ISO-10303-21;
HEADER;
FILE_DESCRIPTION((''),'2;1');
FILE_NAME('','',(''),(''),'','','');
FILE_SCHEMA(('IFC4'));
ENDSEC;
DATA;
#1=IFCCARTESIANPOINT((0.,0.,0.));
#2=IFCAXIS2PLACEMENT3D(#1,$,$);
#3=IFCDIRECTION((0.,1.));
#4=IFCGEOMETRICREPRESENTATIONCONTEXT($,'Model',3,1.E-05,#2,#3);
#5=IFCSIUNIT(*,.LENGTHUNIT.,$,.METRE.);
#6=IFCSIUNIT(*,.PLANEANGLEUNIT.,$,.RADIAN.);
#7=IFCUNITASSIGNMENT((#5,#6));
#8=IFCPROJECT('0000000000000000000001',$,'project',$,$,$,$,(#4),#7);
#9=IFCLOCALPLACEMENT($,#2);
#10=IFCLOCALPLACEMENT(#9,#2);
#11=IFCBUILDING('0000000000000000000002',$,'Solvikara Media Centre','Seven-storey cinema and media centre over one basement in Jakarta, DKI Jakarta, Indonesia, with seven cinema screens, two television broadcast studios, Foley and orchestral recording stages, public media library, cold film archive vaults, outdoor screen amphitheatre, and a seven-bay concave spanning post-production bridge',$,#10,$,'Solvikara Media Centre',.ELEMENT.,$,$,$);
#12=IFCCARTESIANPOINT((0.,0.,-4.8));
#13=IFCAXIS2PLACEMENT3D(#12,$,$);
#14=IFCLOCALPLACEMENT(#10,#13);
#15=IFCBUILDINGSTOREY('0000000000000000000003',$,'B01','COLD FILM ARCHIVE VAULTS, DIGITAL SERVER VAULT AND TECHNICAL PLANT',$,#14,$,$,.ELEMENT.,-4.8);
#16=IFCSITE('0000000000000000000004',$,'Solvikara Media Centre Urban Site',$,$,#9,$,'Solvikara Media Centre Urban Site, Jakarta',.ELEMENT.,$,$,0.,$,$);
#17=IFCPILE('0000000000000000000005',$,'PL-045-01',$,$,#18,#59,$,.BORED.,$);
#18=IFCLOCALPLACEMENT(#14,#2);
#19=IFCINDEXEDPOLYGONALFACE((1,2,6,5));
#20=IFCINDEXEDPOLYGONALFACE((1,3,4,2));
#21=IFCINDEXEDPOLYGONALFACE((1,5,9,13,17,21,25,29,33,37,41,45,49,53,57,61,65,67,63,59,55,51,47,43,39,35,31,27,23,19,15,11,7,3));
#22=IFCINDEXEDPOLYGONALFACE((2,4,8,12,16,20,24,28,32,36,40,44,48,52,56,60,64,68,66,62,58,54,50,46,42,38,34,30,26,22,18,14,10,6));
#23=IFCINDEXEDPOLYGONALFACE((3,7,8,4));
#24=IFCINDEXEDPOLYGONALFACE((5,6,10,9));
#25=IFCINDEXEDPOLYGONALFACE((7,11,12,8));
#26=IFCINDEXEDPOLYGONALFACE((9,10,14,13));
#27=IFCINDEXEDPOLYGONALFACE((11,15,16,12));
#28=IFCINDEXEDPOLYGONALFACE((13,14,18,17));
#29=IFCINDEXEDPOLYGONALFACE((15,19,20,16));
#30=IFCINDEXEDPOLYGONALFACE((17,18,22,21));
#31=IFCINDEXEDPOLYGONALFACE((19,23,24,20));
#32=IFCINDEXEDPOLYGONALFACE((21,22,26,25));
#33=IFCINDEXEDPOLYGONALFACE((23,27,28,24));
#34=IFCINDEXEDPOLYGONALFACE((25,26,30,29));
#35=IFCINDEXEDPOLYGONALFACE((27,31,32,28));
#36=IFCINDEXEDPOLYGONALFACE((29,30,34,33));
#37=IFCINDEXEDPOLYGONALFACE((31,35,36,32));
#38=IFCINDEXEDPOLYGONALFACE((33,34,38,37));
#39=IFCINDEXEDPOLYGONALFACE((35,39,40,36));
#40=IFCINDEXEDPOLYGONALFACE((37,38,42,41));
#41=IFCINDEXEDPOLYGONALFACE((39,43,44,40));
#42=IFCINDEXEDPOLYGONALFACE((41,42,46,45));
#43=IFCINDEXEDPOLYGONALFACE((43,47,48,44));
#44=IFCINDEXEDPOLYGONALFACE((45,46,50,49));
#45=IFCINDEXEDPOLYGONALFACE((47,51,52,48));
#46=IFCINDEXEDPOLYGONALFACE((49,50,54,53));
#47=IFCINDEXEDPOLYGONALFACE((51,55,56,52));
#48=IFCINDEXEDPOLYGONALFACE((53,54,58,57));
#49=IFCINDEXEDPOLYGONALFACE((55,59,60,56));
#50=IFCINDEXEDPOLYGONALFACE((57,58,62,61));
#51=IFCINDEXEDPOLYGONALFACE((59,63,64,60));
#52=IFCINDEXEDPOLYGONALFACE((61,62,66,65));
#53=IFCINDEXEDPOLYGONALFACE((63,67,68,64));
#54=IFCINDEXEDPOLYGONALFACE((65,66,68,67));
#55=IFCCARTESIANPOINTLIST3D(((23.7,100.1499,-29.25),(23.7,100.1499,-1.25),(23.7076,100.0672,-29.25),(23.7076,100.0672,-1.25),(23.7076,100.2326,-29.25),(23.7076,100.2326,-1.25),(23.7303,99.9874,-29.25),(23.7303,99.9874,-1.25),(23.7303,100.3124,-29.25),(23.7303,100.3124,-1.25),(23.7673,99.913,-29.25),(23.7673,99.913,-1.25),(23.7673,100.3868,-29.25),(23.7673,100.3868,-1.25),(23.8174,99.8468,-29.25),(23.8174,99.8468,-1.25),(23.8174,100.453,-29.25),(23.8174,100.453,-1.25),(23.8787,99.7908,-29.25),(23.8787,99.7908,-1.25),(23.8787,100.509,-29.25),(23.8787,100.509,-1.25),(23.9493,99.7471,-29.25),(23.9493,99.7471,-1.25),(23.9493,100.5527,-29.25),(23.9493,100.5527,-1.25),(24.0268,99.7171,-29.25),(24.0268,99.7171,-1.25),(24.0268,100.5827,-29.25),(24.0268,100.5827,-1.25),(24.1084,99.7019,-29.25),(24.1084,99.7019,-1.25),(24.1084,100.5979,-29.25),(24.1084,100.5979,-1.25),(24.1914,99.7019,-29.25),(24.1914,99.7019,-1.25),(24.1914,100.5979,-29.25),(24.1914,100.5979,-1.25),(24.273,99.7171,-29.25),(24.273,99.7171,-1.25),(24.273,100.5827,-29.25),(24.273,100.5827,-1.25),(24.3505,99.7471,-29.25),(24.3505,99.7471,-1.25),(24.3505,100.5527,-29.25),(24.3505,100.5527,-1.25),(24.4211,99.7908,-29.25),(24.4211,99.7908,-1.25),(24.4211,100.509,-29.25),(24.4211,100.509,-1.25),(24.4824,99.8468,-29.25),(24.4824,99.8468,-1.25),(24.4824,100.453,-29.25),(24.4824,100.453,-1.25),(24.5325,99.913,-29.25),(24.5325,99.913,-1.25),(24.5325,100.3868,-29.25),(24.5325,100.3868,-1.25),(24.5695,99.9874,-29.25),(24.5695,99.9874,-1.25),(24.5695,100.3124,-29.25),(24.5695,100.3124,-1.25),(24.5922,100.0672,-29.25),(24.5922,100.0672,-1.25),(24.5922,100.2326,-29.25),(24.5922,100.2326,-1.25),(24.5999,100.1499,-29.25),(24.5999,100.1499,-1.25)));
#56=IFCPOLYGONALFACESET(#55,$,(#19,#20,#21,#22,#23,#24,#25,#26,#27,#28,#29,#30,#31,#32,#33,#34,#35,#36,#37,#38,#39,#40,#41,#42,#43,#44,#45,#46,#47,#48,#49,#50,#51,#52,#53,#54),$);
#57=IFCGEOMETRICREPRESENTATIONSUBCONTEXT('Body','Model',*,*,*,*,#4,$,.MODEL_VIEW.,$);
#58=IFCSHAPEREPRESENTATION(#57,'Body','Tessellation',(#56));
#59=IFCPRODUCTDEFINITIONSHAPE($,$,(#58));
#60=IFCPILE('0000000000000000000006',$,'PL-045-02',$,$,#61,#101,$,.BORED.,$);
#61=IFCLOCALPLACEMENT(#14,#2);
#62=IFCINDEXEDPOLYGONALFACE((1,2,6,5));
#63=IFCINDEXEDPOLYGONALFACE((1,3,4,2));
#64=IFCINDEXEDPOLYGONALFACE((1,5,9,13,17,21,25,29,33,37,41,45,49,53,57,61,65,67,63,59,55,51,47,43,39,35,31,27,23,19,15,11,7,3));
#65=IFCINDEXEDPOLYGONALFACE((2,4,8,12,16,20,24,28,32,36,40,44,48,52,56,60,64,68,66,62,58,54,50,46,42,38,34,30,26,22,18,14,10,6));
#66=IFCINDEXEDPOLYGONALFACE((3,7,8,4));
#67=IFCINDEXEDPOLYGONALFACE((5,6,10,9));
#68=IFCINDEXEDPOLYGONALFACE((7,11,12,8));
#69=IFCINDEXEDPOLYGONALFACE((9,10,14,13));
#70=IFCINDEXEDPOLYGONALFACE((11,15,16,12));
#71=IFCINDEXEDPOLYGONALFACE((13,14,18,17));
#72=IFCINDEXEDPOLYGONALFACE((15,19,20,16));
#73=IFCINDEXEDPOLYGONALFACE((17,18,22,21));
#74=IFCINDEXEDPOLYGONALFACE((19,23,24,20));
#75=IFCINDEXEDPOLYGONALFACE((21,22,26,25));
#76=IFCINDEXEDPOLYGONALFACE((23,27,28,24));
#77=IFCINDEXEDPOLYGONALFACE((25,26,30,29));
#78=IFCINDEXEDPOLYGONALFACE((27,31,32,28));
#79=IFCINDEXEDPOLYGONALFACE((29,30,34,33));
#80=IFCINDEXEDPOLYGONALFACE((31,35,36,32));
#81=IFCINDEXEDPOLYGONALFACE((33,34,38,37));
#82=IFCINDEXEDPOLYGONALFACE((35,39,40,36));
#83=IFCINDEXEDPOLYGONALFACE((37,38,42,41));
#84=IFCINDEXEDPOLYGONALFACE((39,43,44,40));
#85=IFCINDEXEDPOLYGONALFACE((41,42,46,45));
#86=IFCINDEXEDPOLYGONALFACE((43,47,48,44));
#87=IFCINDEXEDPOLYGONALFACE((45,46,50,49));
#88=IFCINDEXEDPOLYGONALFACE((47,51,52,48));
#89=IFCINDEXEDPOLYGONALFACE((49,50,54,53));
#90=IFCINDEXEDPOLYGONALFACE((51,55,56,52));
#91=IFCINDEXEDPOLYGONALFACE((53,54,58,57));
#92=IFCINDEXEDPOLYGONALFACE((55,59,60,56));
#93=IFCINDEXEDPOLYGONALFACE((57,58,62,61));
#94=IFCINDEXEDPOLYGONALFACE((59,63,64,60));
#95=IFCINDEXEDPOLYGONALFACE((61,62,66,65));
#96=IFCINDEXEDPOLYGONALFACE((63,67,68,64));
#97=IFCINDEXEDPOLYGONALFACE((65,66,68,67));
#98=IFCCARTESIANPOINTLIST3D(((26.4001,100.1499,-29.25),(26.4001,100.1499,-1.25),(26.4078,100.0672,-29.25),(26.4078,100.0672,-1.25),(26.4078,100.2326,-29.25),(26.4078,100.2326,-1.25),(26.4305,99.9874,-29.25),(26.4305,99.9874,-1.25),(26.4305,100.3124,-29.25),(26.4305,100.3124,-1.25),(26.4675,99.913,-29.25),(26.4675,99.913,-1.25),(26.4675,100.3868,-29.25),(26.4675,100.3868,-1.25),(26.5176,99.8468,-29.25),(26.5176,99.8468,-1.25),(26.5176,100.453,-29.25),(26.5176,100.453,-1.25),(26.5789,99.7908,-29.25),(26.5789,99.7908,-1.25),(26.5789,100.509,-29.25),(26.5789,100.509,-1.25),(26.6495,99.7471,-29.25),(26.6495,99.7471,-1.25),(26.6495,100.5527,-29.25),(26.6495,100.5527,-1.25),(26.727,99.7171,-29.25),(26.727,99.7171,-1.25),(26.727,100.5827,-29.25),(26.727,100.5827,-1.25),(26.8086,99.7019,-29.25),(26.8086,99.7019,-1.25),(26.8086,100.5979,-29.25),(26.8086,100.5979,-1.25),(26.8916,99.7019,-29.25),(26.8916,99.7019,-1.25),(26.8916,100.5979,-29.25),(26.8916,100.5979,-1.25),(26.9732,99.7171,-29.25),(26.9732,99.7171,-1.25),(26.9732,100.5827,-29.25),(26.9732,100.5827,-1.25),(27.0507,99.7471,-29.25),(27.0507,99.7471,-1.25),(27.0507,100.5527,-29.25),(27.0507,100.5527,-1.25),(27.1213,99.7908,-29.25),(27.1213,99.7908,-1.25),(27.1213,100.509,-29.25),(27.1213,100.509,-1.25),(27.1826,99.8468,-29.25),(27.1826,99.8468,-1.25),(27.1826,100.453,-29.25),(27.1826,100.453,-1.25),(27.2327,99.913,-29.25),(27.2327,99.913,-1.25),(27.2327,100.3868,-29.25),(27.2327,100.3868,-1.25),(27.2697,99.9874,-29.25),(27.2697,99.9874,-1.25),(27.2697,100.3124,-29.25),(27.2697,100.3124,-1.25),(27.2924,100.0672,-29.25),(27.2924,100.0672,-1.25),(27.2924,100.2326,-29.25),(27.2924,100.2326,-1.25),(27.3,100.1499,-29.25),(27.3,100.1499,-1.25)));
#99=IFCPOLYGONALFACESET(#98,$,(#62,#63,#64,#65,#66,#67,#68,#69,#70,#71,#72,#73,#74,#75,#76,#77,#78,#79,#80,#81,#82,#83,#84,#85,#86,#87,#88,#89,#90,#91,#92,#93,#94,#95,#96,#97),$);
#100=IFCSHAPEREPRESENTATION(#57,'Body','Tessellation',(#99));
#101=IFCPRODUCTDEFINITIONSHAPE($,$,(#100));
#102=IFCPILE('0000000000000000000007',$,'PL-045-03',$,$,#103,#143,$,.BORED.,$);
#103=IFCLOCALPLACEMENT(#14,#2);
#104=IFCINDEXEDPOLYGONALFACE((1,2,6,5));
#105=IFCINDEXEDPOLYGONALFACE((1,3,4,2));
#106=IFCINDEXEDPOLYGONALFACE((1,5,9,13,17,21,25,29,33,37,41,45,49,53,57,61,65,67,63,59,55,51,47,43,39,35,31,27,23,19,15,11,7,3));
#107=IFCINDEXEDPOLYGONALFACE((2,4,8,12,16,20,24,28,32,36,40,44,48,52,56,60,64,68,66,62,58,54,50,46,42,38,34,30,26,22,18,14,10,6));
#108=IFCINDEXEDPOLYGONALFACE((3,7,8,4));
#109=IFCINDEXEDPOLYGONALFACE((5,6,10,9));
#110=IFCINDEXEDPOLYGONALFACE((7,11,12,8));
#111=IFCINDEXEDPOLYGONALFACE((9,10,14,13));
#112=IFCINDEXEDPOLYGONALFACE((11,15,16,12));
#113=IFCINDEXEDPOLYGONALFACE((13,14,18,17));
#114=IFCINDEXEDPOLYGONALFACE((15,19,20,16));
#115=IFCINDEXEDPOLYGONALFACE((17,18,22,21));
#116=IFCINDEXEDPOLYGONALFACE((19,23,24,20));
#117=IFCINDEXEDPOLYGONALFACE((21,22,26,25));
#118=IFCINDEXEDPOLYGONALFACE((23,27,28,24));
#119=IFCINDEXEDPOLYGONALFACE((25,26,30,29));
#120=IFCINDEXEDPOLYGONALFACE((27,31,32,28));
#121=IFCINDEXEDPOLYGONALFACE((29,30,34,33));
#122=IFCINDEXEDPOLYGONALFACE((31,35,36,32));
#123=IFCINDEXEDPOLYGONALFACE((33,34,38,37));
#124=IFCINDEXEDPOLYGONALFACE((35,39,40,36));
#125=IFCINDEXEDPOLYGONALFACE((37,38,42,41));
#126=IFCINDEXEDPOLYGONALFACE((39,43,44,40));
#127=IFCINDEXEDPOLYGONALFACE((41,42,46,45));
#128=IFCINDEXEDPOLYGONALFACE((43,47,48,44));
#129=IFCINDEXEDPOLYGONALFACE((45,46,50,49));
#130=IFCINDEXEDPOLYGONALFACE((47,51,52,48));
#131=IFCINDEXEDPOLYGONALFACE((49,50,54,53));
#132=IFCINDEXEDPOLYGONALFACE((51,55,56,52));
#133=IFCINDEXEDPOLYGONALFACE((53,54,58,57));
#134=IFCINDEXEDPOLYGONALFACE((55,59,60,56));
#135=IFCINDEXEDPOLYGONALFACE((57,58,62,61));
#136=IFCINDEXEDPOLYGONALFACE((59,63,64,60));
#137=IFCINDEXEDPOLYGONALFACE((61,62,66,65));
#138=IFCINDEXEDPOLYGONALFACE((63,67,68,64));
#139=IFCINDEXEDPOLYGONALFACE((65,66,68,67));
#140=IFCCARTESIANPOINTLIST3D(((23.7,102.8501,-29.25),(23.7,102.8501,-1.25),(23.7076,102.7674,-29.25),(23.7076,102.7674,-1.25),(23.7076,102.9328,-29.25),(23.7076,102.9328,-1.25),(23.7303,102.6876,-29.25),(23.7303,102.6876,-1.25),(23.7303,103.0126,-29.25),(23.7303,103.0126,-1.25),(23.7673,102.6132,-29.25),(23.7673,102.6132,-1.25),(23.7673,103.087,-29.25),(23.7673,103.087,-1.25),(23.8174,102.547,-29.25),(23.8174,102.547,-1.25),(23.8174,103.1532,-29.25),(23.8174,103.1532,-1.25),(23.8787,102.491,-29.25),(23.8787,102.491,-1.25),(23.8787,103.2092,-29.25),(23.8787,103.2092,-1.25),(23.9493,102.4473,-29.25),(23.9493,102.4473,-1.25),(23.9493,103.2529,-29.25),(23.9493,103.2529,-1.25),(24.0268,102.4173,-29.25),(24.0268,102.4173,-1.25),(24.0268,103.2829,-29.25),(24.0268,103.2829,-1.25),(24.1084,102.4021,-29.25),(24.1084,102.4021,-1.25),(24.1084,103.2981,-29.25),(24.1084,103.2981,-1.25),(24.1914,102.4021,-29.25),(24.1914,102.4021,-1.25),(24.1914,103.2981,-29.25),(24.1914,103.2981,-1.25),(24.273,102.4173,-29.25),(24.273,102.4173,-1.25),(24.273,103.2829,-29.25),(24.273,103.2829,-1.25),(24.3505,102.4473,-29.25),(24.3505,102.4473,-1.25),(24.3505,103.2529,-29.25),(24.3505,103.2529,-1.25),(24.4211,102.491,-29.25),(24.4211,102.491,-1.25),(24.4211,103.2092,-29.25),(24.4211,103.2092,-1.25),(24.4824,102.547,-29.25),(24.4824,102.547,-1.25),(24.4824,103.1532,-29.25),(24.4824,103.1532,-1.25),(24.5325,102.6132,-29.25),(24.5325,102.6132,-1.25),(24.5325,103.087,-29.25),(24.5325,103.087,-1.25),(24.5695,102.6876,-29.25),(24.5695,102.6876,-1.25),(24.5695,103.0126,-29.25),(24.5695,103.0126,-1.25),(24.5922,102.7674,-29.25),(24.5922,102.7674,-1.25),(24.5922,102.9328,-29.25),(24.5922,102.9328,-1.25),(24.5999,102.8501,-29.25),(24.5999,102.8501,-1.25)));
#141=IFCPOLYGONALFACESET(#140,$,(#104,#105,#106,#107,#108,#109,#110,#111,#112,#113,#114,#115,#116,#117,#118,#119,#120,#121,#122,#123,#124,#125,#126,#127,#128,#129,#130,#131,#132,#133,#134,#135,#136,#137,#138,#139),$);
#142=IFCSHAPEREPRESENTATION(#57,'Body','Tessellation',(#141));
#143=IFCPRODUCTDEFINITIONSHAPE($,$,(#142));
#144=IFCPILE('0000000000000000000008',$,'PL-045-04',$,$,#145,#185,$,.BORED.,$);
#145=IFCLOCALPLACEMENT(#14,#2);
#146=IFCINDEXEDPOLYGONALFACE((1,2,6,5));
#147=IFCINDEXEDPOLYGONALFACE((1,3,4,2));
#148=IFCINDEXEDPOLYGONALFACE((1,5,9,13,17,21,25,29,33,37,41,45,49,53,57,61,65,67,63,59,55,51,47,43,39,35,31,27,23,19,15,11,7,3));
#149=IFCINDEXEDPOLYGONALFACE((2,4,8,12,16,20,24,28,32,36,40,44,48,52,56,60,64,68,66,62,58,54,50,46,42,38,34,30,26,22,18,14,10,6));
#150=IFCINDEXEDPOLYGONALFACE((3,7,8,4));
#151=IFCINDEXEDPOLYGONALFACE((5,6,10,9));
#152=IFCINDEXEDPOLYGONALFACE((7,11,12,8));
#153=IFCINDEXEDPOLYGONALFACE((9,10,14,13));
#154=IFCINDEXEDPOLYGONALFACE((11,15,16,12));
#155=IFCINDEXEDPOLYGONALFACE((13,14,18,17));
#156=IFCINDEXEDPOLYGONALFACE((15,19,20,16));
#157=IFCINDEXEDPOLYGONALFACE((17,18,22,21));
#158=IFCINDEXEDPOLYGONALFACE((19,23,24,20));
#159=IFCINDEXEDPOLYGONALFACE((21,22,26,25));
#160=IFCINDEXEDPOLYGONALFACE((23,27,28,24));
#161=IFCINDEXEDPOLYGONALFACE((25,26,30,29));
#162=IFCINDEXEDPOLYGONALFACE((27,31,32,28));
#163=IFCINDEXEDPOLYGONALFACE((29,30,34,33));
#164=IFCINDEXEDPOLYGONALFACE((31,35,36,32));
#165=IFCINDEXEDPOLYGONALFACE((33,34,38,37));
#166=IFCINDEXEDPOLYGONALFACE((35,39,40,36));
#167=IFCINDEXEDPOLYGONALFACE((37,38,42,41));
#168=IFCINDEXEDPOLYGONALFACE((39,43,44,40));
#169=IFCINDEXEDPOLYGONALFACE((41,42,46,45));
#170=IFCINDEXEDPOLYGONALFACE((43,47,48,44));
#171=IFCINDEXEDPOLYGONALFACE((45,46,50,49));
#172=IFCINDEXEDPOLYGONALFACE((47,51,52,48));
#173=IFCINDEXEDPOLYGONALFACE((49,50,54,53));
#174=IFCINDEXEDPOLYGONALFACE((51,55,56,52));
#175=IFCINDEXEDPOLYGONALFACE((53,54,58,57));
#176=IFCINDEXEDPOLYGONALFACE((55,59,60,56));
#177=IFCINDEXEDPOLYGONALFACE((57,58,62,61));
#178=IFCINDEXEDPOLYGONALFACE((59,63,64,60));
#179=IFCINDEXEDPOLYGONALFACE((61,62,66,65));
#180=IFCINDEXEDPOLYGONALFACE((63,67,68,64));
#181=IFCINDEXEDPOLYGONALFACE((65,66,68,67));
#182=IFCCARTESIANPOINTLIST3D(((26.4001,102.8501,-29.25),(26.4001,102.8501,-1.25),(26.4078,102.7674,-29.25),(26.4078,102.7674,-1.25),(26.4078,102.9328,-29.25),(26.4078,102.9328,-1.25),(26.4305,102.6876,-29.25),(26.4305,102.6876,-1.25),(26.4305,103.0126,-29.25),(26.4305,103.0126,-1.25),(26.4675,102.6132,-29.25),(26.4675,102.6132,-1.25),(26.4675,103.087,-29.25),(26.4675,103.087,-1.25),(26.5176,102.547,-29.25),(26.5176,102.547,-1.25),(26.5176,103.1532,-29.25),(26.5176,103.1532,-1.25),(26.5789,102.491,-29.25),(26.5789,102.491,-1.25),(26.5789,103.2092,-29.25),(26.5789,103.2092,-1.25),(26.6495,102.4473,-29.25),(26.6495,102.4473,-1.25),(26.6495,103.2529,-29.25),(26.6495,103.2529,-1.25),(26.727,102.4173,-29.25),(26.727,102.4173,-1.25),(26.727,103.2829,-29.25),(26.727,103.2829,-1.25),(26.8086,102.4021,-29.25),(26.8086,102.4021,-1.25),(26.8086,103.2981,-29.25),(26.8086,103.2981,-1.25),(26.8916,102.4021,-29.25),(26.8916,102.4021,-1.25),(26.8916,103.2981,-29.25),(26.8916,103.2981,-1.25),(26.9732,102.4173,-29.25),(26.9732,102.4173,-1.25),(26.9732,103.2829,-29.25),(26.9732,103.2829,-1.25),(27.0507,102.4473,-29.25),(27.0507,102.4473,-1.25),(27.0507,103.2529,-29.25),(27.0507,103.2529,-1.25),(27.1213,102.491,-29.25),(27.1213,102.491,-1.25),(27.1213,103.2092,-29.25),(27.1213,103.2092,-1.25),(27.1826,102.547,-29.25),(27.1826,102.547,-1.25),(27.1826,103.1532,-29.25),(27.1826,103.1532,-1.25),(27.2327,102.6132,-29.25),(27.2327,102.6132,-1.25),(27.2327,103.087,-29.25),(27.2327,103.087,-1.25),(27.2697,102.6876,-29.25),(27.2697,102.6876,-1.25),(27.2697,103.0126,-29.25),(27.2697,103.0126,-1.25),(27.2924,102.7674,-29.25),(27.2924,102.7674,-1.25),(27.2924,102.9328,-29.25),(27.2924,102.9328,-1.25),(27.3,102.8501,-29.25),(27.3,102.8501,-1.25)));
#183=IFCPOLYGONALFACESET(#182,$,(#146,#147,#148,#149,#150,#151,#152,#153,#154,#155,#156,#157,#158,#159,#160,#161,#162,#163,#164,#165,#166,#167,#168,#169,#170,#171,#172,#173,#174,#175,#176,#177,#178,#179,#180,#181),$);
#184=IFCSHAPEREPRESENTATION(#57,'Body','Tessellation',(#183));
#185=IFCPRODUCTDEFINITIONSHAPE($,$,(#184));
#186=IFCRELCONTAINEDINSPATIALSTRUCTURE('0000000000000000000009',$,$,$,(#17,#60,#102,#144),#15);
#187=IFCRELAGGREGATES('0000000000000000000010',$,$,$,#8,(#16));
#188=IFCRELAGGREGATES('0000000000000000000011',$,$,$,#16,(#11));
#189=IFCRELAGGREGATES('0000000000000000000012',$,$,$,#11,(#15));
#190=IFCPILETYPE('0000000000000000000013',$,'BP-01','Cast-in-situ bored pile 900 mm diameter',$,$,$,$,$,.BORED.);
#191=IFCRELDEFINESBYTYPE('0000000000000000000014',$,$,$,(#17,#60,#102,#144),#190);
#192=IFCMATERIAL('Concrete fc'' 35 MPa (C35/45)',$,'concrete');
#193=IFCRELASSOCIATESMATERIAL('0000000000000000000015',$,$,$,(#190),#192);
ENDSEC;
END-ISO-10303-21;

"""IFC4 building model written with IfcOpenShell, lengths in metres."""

from ifc_helpers import new_model, si_unit, direction, frame, origin, origin_2d, place, context, subcontext, project, spatial, circle, extrude, material, material_profile, profile_set, type_object, element, save


model = new_model("IFC4")

# Units and contexts
model_context = context("Model", 3, precision=1e-05, world=origin(), true_north=direction((0.0, 1.0)))
body_context = subcontext(model_context, "Body", "Model", "MODEL_VIEW")
ifc_project = project(units=[si_unit("LENGTHUNIT", "METRE"), si_unit("PLANEANGLEUNIT", "RADIAN")], contexts=[model_context])

# Site, building, storey
site_placement = place(None, origin())
site = spatial("IfcSite", under=ifc_project, at=site_placement, Name="Solvikara Media Centre Urban Site", LongName="Solvikara Media Centre Urban Site, Jakarta", CompositionType="ELEMENT", RefElevation=0.0)
building_placement = place(site_placement, origin())
building = spatial("IfcBuilding", under=site, at=building_placement, Name="Solvikara Media Centre", Description="Seven-storey cinema and media centre over one basement in Jakarta, DKI Jakarta, Indonesia, with seven cinema screens, two television broadcast studios, Foley and orchestral recording stages, public media library, cold film archive vaults, outdoor screen amphitheatre, and a seven-bay concave spanning post-production bridge", LongName="Solvikara Media Centre", CompositionType="ELEMENT")
storey_placement = place(building_placement, frame((0.0, 0.0, -4.8)))
storey = spatial("IfcBuildingStorey", under=building, at=storey_placement, Name="B01", Description="COLD FILM ARCHIVE VAULTS, DIGITAL SERVER VAULT AND TECHNICAL PLANT", CompositionType="ELEMENT", Elevation=-4.8)

# Piles
ifc_material_1 = material(Name="Concrete fc' 35 MPa (C35/45)", Category="concrete")
ifc_material_profile_1 = material_profile(ifc_material_1, circle(Radius=0.45, at=origin_2d()), Name="BORED PILE D900")
ifc_profile_set_1 = profile_set([ifc_material_profile_1], Name="Concrete fc' 35 MPa (C35/45)")
pile_type = type_object("IfcPileType", Name="BP-01", Description="Cast-in-situ bored pile 900 mm diameter", PredefinedType="BORED", material=ifc_profile_set_1)
for number, where, z_axis, x_axis, name in (
    (1, (24.1499, 100.1499, -1.25), (0.0, 0.0, -1.0), (1.0, 0.0, 0.0), "PL-045-01"),
    (2, (26.8501, 100.1499, -1.25), (0.0, 0.0, -1.0), (1.0, 0.0, 0.0), "PL-045-02"),
    (3, (24.1499, 102.8501, -1.25), (0.0, 0.0, -1.0), (1.0, 0.0, 0.0), "PL-045-03"),
    (4, (26.8501, 102.8501, -1.25), (0.0, 0.0, -1.0), (1.0, 0.0, 0.0), "PL-045-04"),
):
    element("IfcPile", number, at=place(storey_placement, frame(where, z_axis=z_axis, x_axis=x_axis)), inside=storey, type_object=pile_type, Name=name, PredefinedType="BORED", context=body_context, shape_type="SweptSolid", body=[
        extrude(circle(Radius=0.45, at=origin_2d()), origin(), (0.0, 0.0, 1.0), 28.0),
    ])

save(model, "model.ifc")
